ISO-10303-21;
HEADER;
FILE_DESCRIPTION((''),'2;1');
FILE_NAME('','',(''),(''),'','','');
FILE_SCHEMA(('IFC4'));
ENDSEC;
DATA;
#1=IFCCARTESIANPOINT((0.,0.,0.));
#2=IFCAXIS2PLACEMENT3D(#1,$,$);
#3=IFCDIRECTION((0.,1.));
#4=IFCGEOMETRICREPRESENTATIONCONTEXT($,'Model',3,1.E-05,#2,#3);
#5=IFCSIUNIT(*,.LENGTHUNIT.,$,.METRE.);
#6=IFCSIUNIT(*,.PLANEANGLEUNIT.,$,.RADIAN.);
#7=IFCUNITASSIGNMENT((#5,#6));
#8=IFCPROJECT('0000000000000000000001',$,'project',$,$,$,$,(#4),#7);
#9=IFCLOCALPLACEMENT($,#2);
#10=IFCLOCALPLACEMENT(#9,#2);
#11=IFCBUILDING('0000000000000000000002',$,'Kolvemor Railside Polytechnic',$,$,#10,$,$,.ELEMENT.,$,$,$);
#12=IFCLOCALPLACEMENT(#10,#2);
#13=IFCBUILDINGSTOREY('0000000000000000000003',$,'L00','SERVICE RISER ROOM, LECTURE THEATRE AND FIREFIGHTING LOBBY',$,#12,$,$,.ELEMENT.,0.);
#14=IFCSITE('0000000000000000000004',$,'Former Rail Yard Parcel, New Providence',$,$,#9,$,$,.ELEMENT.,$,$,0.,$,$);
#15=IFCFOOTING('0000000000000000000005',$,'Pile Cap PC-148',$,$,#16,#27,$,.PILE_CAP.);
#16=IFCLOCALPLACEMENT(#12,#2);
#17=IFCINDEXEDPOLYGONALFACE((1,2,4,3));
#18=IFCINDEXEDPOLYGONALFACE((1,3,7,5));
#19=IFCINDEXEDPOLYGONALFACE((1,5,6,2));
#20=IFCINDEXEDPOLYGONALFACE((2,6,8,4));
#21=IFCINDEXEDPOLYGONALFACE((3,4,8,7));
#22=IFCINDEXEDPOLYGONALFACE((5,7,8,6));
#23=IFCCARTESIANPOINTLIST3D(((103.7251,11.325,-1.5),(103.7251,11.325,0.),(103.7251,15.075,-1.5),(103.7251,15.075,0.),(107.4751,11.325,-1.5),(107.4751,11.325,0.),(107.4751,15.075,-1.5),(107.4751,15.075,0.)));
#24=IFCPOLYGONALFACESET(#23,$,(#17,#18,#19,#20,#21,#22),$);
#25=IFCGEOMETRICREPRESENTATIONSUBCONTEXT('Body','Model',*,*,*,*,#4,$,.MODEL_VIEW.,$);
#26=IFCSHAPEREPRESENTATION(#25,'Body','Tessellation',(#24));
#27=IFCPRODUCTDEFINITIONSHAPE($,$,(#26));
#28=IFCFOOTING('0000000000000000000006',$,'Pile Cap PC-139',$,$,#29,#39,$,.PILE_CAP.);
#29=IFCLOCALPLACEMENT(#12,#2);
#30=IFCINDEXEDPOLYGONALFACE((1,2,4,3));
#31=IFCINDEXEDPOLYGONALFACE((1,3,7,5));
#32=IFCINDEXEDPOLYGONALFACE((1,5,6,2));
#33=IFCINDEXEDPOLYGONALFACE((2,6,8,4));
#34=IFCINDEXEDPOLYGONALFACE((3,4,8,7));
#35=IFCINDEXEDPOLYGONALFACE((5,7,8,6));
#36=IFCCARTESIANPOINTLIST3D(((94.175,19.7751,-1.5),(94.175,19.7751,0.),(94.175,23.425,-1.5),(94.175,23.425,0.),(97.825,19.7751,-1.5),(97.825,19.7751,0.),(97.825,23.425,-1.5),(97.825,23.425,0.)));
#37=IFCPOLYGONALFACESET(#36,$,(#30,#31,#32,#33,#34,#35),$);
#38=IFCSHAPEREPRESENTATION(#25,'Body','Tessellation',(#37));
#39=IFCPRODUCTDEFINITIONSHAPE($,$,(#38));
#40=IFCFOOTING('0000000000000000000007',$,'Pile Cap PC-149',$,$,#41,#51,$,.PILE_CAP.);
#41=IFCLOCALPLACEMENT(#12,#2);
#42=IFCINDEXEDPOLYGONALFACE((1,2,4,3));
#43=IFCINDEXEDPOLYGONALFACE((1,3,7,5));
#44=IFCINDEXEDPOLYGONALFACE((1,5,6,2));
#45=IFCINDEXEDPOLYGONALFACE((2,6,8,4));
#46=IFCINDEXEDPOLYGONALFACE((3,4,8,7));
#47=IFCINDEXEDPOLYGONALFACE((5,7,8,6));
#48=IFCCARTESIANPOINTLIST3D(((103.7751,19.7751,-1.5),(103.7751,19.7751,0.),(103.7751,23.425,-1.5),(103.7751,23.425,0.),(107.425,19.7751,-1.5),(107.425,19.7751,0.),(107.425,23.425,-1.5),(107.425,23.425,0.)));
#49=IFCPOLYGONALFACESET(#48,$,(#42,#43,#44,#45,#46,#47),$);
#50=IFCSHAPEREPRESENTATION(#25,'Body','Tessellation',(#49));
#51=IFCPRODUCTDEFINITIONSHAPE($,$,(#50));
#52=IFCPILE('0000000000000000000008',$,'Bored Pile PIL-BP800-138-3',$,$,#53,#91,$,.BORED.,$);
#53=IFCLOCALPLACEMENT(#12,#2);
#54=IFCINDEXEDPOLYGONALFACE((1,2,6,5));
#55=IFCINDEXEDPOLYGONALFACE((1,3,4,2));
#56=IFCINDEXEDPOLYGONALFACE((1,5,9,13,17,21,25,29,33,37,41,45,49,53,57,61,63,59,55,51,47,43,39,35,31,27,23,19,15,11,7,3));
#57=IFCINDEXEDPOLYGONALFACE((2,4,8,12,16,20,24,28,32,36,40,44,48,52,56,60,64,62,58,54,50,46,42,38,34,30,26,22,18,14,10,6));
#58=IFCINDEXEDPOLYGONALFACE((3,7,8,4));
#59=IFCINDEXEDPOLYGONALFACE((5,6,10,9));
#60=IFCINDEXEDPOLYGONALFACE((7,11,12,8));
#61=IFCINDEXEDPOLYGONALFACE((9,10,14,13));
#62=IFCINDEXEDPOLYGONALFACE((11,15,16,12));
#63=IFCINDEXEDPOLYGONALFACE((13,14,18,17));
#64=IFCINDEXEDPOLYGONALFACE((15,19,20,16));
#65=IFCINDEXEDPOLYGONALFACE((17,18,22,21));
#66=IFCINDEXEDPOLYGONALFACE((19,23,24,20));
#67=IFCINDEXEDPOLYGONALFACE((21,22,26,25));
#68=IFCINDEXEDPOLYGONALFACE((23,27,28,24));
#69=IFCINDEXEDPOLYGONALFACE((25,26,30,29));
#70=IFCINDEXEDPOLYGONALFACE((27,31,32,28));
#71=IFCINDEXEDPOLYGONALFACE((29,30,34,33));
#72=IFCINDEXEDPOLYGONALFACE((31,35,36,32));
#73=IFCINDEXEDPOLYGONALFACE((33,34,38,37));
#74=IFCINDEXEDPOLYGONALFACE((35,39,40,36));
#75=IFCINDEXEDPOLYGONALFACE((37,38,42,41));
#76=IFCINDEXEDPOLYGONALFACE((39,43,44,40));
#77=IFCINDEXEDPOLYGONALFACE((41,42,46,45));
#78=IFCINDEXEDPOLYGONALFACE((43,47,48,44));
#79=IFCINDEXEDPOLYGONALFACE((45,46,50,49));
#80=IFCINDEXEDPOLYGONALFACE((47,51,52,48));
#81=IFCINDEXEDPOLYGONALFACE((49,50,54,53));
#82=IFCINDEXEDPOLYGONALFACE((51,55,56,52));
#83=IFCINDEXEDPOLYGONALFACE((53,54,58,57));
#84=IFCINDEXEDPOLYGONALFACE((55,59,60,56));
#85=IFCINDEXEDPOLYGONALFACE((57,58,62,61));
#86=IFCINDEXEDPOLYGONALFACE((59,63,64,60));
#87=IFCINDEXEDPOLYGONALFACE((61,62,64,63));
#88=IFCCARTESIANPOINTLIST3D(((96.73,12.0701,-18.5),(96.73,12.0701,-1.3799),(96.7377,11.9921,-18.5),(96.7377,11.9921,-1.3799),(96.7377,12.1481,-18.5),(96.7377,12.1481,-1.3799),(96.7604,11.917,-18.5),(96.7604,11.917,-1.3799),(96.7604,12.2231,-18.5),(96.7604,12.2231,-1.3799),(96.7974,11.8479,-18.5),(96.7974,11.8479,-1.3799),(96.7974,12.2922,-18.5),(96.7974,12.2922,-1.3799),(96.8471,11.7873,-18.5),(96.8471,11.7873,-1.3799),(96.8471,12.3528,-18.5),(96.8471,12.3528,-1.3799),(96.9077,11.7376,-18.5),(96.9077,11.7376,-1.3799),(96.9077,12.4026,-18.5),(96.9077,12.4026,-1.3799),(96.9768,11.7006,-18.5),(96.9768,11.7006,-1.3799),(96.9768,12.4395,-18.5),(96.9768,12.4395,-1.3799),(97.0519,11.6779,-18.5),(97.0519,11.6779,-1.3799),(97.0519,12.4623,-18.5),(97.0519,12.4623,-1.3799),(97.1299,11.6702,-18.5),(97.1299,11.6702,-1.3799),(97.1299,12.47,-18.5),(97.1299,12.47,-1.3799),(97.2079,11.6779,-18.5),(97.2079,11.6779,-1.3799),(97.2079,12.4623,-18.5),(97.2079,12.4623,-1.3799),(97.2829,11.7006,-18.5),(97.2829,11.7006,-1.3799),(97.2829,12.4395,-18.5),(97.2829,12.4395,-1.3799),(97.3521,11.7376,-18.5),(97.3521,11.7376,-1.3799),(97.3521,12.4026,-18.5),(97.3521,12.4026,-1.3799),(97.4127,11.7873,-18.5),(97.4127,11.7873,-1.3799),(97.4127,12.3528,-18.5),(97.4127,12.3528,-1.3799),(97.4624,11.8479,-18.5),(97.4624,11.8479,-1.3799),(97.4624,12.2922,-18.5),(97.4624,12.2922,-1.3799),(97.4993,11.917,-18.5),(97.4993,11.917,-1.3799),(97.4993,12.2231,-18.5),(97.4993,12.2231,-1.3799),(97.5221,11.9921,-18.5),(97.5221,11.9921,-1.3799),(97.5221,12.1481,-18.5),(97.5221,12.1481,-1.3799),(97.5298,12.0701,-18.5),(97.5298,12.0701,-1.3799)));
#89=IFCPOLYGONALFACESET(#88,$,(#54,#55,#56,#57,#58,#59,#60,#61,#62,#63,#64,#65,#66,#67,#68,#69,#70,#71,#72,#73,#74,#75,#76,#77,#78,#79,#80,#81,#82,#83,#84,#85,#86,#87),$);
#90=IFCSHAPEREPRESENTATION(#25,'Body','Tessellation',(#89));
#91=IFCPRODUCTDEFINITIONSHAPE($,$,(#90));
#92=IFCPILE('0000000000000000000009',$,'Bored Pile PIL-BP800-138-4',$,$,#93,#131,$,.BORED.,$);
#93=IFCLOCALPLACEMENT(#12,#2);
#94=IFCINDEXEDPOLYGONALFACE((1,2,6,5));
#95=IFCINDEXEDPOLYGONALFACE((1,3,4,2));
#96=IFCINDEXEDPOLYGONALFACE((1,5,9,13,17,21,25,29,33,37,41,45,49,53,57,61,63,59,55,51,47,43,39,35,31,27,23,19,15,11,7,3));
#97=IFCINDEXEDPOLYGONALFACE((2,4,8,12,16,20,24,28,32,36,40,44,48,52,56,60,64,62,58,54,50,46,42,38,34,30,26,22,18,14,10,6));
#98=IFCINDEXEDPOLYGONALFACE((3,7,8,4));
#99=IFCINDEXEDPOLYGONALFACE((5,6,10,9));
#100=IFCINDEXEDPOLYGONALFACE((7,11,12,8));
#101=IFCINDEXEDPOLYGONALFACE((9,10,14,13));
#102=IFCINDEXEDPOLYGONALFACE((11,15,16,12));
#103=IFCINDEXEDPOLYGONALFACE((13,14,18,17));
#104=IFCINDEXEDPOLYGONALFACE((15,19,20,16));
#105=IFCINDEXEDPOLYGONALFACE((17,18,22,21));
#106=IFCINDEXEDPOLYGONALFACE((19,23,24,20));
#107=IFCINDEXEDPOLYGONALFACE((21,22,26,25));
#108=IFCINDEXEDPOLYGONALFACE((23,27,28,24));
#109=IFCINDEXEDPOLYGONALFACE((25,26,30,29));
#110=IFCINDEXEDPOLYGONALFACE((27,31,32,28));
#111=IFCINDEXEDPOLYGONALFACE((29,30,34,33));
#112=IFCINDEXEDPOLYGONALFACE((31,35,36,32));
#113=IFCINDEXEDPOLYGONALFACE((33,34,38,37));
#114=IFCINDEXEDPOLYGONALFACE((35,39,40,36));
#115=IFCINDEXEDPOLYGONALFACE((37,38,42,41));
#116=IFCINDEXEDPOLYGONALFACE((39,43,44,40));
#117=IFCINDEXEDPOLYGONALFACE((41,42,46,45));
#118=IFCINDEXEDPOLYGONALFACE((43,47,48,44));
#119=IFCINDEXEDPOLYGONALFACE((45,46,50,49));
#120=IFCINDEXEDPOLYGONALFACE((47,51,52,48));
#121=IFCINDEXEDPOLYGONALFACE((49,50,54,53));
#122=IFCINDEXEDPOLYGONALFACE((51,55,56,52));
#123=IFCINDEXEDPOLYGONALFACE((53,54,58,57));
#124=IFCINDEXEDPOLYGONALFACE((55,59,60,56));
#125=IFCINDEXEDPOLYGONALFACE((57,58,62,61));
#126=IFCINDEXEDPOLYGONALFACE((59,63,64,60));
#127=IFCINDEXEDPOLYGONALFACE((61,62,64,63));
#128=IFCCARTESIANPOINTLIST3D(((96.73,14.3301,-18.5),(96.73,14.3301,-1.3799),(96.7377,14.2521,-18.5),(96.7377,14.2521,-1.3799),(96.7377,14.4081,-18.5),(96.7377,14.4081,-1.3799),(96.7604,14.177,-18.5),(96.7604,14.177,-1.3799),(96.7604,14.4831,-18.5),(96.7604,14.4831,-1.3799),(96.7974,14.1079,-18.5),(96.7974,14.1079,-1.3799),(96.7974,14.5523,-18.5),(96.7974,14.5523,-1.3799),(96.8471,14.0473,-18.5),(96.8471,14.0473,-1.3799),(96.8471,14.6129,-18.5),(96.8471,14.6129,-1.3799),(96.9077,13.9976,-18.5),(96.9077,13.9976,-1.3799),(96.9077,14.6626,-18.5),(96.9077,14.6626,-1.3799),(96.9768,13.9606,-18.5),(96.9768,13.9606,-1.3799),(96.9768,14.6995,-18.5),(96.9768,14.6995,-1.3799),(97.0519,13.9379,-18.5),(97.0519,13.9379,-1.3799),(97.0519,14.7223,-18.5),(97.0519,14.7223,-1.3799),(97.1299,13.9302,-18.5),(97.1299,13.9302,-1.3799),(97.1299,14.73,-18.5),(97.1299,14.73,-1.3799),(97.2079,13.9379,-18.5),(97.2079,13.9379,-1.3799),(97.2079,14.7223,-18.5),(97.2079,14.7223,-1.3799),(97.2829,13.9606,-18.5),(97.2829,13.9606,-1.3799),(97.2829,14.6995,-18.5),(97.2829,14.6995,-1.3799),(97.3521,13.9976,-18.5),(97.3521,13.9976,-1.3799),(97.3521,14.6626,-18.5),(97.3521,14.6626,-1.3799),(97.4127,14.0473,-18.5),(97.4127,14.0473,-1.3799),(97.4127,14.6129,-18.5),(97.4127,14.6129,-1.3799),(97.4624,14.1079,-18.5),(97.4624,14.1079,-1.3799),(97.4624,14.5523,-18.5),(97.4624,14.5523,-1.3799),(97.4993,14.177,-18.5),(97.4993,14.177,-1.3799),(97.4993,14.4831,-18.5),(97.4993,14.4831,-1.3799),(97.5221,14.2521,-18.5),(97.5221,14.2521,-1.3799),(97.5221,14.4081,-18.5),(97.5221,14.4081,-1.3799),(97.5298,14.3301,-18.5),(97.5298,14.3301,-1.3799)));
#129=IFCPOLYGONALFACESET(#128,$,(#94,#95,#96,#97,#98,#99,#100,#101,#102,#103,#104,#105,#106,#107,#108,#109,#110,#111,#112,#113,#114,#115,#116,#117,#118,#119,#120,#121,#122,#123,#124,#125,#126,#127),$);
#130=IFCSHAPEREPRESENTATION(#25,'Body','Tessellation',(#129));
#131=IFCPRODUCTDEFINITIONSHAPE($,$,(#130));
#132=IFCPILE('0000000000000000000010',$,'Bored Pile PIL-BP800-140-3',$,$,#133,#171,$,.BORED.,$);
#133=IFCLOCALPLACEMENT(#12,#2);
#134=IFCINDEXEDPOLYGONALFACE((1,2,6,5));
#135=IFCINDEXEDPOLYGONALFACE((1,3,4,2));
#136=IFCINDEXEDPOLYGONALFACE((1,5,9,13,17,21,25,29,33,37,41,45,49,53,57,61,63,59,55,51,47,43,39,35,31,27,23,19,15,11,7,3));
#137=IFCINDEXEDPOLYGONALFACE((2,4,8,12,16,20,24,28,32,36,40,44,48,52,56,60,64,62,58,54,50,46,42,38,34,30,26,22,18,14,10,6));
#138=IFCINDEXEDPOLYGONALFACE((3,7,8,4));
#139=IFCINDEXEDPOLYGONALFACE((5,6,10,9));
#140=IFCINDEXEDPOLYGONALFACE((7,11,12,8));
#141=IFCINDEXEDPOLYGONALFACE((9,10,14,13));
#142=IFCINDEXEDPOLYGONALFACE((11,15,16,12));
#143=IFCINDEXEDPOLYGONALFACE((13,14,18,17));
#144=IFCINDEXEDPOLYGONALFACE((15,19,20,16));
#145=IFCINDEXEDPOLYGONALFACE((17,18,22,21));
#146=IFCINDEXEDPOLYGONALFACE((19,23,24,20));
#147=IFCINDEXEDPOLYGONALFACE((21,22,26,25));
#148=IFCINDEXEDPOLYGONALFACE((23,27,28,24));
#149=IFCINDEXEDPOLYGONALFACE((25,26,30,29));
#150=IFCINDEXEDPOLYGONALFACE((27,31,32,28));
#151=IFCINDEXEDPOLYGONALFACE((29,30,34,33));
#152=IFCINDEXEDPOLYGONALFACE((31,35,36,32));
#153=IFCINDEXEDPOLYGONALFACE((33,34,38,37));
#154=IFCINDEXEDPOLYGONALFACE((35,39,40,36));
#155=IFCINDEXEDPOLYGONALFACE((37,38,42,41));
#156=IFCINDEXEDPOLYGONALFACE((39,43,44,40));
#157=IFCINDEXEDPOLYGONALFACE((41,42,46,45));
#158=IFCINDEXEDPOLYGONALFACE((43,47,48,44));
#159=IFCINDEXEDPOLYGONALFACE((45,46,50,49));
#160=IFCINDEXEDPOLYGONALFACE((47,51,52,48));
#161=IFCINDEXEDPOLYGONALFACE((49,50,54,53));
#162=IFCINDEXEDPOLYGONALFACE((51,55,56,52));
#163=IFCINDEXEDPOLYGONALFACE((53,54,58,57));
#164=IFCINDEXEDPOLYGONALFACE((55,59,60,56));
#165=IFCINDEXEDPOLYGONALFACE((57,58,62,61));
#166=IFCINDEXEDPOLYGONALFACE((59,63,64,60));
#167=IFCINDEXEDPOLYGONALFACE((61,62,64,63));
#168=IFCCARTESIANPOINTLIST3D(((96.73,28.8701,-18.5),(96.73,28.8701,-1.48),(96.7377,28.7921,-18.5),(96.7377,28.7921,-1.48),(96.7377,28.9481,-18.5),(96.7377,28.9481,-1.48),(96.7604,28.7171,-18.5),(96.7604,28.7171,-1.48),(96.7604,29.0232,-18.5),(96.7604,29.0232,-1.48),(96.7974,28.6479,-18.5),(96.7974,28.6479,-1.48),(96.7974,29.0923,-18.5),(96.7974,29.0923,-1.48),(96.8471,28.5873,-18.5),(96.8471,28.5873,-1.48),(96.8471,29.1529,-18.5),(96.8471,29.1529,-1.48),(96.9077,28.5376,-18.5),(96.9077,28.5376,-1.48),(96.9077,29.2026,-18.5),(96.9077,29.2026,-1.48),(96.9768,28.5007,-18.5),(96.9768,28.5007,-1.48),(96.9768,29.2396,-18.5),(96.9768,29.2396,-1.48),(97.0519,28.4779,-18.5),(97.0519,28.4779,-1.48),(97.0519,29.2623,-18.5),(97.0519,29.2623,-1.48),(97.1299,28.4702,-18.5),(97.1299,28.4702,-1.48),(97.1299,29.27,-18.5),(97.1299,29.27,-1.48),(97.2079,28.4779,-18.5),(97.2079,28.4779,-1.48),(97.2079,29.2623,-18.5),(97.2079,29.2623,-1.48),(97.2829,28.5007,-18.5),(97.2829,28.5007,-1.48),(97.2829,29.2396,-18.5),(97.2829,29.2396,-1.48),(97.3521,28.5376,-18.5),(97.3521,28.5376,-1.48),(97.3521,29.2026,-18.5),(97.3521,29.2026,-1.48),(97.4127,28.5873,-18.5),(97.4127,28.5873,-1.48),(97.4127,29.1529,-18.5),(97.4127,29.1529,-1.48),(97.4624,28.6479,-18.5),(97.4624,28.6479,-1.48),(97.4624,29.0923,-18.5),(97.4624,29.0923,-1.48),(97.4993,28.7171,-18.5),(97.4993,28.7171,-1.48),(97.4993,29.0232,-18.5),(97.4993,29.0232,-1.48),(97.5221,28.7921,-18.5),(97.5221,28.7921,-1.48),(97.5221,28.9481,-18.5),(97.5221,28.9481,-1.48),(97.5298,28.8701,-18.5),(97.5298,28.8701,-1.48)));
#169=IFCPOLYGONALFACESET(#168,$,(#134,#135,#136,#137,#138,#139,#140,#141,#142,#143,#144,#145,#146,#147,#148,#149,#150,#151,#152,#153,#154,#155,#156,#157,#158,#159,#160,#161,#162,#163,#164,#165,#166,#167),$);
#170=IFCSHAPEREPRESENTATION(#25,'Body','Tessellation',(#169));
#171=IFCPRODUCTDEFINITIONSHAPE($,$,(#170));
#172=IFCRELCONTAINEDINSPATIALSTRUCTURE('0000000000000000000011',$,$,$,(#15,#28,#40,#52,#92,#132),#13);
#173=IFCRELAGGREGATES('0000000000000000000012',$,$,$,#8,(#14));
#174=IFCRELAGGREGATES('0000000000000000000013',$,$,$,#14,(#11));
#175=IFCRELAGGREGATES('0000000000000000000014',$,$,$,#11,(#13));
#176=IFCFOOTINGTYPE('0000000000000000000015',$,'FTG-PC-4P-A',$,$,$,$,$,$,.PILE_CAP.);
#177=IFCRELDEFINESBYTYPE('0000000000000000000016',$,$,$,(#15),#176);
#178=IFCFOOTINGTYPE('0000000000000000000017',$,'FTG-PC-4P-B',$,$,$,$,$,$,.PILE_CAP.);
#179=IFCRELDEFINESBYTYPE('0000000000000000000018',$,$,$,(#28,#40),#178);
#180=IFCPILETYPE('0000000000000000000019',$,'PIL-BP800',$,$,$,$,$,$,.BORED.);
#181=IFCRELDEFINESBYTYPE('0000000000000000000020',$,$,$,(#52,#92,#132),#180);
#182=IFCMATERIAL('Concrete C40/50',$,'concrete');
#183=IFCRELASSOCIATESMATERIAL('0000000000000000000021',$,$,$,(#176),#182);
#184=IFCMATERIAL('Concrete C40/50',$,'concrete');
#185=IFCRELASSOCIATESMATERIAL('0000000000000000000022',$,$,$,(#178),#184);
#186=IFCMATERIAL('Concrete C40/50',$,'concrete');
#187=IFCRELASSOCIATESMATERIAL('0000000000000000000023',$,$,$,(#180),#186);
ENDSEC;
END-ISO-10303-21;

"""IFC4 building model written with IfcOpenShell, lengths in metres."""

from ifc_helpers import new_model, si_unit, direction, frame, origin, origin_2d, place, context, subcontext, project, spatial, rectangle, circle, extrude, material, material_profile, profile_set, type_object, element, save


model = new_model("IFC4")

# Units and contexts
model_context = context("Model", 3, precision=1e-05, world=origin(), true_north=direction((0.0, 1.0)))
body_context = subcontext(model_context, "Body", "Model", "MODEL_VIEW")
ifc_project = project(units=[si_unit("LENGTHUNIT", "METRE"), si_unit("PLANEANGLEUNIT", "RADIAN")], contexts=[model_context])

# Site, building, storey
site_placement = place(None, origin())
site = spatial("IfcSite", under=ifc_project, at=site_placement, Name="Former Rail Yard Parcel, New Providence", CompositionType="ELEMENT", RefElevation=0.0)
building_placement = place(site_placement, origin())
building = spatial("IfcBuilding", under=site, at=building_placement, Name="Kolvemor Railside Polytechnic", CompositionType="ELEMENT")
storey_placement = place(building_placement, origin())
storey = spatial("IfcBuildingStorey", under=building, at=storey_placement, Name="L00", Description="SERVICE RISER ROOM, LECTURE THEATRE AND FIREFIGHTING LOBBY", CompositionType="ELEMENT", Elevation=0.0)

# Footings
ifc_material_1 = material(Name="Concrete C40/50", Category="concrete")
footing_type_1 = type_object("IfcFootingType", Name="FTG-PC-4P-A", PredefinedType="PILE_CAP", material=ifc_material_1)
footing_placement = place(storey_placement, frame((105.6001, 13.2, -1.5), z_axis=(0.0, 0.0, 1.0), x_axis=(1.0, 0.0, 0.0)))
element("IfcFooting", 1, at=footing_placement, inside=storey, type_object=footing_type_1, Name="Pile Cap PC-148", PredefinedType="PILE_CAP", context=body_context, shape_type="SweptSolid", body=[
    extrude(rectangle(XDim=3.75, YDim=3.75, at=origin_2d()), origin(), (0.0, 0.0, 1.0), 1.5),
])
ifc_material_2 = material(Name="Concrete C40/50", Category="concrete")
footing_type_2 = type_object("IfcFootingType", Name="FTG-PC-4P-B", PredefinedType="PILE_CAP", material=ifc_material_2)
for number, where, z_axis, x_axis, name in (
    (2, (96.0, 21.6001, -1.5), (0.0, 0.0, 1.0), (1.0, 0.0, 0.0), "Pile Cap PC-139"),
    (3, (105.6001, 21.6001, -1.5), (0.0, 0.0, 1.0), (1.0, 0.0, 0.0), "Pile Cap PC-149"),
):
    element("IfcFooting", number, at=place(storey_placement, frame(where, z_axis=z_axis, x_axis=x_axis)), inside=storey, type_object=footing_type_2, Name=name, PredefinedType="PILE_CAP", context=body_context, shape_type="SweptSolid", body=[
        extrude(rectangle(XDim=3.6499, YDim=3.6499, at=origin_2d()), origin(), (0.0, 0.0, 1.0), 1.5),
    ])

# Piles
ifc_material_3 = material(Name="Concrete C40/50", Category="concrete")
ifc_material_profile_1 = material_profile(ifc_material_3, circle(Radius=0.3999, at=origin_2d()), Name="BP800")
ifc_profile_set_1 = profile_set([ifc_material_profile_1], Name="Concrete C40/50")
pile_type_1 = type_object("IfcPileType", Name="PIL-BP800", PredefinedType="BORED", material=ifc_profile_set_1)
for number, where, z_axis, x_axis, name in (
    (4, (97.1299, 12.0701, -1.3799), (0.0, 0.0, -1.0), (1.0, 0.0, 0.0), "Bored Pile PIL-BP800-138-3"),
    (5, (97.1299, 14.3301, -1.3799), (0.0, 0.0, -1.0), (1.0, 0.0, 0.0), "Bored Pile PIL-BP800-138-4"),
):
    element("IfcPile", number, at=place(storey_placement, frame(where, z_axis=z_axis, x_axis=x_axis)), inside=storey, type_object=pile_type_1, Name=name, PredefinedType="BORED", context=body_context, shape_type="SweptSolid", body=[
        extrude(circle(Radius=0.3999, at=origin_2d()), origin(), (0.0, 0.0, 1.0), 17.1201),
    ])
pile_1_placement = place(storey_placement, frame((97.1299, 28.8701, -1.48), z_axis=(0.0, 0.0, -1.0), x_axis=(1.0, 0.0, 0.0)))
element("IfcPile", 6, at=pile_1_placement, inside=storey, type_object=pile_type_1, Name="Bored Pile PIL-BP800-140-3", PredefinedType="BORED", context=body_context, shape_type="SweptSolid", body=[
    extrude(circle(Radius=0.3999, at=origin_2d()), origin(), (0.0, 0.0, 1.0), 17.02),
])

save(model, "model.ifc")
